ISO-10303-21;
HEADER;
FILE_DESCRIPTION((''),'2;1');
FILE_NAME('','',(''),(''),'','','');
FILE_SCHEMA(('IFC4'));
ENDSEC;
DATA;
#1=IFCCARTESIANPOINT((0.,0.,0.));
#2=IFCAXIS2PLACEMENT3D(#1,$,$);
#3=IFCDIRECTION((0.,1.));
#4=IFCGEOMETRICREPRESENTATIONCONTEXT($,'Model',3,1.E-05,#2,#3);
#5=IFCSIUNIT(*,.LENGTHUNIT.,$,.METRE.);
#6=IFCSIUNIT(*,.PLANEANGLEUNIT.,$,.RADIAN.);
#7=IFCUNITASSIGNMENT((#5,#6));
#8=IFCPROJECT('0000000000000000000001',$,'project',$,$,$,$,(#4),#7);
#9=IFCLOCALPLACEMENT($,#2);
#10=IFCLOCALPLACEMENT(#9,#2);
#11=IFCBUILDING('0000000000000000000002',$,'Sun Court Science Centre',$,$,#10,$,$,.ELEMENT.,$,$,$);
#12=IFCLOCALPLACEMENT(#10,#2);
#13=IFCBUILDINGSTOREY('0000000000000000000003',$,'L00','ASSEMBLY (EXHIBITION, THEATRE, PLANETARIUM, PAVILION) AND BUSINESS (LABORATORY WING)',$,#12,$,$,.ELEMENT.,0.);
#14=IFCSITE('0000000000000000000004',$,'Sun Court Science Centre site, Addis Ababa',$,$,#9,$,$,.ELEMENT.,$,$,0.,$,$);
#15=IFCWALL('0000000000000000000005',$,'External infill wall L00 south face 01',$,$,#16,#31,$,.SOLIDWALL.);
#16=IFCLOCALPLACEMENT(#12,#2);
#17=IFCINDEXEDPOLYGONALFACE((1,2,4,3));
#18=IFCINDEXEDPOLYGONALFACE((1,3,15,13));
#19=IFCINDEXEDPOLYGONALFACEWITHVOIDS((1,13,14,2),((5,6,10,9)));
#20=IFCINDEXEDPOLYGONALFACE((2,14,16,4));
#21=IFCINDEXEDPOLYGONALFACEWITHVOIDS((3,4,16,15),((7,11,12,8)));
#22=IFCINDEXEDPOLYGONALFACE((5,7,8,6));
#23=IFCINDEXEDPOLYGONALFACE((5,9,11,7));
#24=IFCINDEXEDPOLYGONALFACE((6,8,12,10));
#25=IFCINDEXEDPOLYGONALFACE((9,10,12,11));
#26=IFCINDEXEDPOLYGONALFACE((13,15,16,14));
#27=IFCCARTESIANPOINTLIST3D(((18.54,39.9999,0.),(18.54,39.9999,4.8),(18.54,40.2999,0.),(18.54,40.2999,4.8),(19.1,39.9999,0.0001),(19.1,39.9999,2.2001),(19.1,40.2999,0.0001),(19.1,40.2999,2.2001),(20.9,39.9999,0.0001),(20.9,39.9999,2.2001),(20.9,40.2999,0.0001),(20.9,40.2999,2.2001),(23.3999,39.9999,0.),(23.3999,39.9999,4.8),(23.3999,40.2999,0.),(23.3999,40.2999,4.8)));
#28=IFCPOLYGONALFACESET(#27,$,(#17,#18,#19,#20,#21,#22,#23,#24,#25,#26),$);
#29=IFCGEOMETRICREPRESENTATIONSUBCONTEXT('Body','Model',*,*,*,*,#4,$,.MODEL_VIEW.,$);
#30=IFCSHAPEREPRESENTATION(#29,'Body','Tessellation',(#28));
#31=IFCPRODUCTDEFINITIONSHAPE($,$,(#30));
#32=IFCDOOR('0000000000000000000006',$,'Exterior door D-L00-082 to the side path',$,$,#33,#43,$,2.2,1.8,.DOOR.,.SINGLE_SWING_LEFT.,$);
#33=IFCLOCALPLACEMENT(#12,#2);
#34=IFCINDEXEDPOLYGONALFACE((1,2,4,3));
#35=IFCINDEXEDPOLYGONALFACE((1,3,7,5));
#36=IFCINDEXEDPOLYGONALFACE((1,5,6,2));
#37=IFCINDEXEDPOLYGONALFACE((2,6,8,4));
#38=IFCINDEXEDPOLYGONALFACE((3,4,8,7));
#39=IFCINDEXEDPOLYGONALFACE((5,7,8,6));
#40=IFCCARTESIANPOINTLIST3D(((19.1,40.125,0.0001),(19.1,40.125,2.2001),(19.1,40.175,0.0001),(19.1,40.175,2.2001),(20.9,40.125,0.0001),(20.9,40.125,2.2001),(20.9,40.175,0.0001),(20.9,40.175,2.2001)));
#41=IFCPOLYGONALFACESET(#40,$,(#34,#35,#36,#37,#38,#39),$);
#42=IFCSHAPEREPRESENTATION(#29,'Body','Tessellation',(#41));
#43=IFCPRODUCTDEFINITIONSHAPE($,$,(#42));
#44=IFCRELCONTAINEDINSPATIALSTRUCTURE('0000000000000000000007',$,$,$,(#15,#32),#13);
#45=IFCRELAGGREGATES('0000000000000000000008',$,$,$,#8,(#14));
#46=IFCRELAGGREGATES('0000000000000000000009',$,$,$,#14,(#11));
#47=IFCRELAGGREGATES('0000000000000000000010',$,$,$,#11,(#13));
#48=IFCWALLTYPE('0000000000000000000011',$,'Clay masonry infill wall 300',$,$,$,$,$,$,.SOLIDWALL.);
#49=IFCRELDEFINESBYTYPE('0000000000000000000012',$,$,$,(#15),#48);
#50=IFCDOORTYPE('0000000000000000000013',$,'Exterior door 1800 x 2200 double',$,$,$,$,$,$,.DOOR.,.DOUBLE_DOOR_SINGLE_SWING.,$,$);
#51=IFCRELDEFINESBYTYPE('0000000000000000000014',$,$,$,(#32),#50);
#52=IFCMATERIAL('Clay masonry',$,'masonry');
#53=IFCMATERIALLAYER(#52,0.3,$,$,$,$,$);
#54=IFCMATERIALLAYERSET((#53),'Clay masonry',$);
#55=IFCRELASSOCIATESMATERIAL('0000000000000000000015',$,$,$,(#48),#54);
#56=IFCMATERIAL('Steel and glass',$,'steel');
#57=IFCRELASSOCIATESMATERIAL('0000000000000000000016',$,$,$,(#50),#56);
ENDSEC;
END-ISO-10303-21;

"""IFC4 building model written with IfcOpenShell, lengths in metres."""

from ifc_helpers import new_model, si_unit, direction, frame, frame_2d, origin, place, context, subcontext, project, spatial, rectangle, extrude, material, layer, layer_set, type_object, element, fill, save


model = new_model("IFC4")

# Units and contexts
model_context = context("Model", 3, precision=1e-05, world=origin(), true_north=direction((0.0, 1.0)))
body_context = subcontext(model_context, "Body", "Model", "MODEL_VIEW")
ifc_project = project(units=[si_unit("LENGTHUNIT", "METRE"), si_unit("PLANEANGLEUNIT", "RADIAN")], contexts=[model_context])

# Site, building, storey
site_placement = place(None, origin())
site = spatial("IfcSite", under=ifc_project, at=site_placement, Name="Sun Court Science Centre site, Addis Ababa", CompositionType="ELEMENT", RefElevation=0.0)
building_placement = place(site_placement, origin())
building = spatial("IfcBuilding", under=site, at=building_placement, Name="Sun Court Science Centre", CompositionType="ELEMENT")
storey_placement = place(building_placement, origin())
storey = spatial("IfcBuildingStorey", under=building, at=storey_placement, Name="L00", Description="ASSEMBLY (EXHIBITION, THEATRE, PLANETARIUM, PAVILION) AND BUSINESS (LABORATORY WING)", CompositionType="ELEMENT", Elevation=0.0)

# Wall, opening, door
ifc_material_1 = material(Name="Clay masonry", Category="masonry")
ifc_layer_1 = layer(ifc_material_1, 0.3)
ifc_layer_set_1 = layer_set([ifc_layer_1], Name="Clay masonry")
wall_type_1 = type_object("IfcWallType", Name="Clay masonry infill wall 300", PredefinedType="SOLIDWALL", material=ifc_layer_set_1)
wall_placement = place(storey_placement, frame((23.3999, 40.1499, 0.0), z_axis=(0.0, 0.0, 1.0), x_axis=(-1.0, 0.0, 0.0)))
wall = element("IfcWall", 1, at=wall_placement, inside=storey, type_object=wall_type_1, Name="External infill wall L00 south face 01", PredefinedType="SOLIDWALL", context=body_context, shape_type="SweptSolid", body=[
    extrude(rectangle(XDim=4.8599, YDim=0.3, at=frame_2d((2.4299, 0.0))), origin(), (0.0, 0.0, 1.0), 4.8),
])
opening_placement = place(wall_placement, frame((2.5, 0.0, 0.0)))
opening = element("IfcOpeningElement", 2, at=opening_placement, cuts=wall, PredefinedType="OPENING", context=body_context, shape_type="SweptSolid", body=[
    extrude(rectangle(XDim=1.8, YDim=2.2, at=frame_2d((0.8999, 1.1001))), frame((0.0, 0.1599, 0.0), z_axis=(0.0, -1.0, 0.0), x_axis=(1.0, 0.0, 0.0)), (0.0, 0.0, 1.0), 0.3201),
])
ifc_material_2 = material(Name="Steel and glass", Category="steel")
door_type = type_object("IfcDoorType", Name="Exterior door 1800 x 2200 double", OperationType="DOUBLE_DOOR_SINGLE_SWING", PredefinedType="DOOR", material=ifc_material_2)
door_placement = place(opening_placement, origin())
door = element("IfcDoor", 3, at=door_placement, inside=storey, type_object=door_type, Name="Exterior door D-L00-082 to the side path", OperationType="SINGLE_SWING_LEFT", OverallHeight=2.2, OverallWidth=1.8, PredefinedType="DOOR", context=body_context, shape_type="SweptSolid", body=[
    extrude(rectangle(XDim=1.8, YDim=2.2, at=frame_2d((0.8999, 1.1001))), frame((0.0, 0.0249, 0.0), z_axis=(0.0, -1.0, 0.0), x_axis=(1.0, 0.0, 0.0)), (0.0, 0.0, 1.0), 0.05),
])
fill(opening, door)

save(model, "model.ifc")
